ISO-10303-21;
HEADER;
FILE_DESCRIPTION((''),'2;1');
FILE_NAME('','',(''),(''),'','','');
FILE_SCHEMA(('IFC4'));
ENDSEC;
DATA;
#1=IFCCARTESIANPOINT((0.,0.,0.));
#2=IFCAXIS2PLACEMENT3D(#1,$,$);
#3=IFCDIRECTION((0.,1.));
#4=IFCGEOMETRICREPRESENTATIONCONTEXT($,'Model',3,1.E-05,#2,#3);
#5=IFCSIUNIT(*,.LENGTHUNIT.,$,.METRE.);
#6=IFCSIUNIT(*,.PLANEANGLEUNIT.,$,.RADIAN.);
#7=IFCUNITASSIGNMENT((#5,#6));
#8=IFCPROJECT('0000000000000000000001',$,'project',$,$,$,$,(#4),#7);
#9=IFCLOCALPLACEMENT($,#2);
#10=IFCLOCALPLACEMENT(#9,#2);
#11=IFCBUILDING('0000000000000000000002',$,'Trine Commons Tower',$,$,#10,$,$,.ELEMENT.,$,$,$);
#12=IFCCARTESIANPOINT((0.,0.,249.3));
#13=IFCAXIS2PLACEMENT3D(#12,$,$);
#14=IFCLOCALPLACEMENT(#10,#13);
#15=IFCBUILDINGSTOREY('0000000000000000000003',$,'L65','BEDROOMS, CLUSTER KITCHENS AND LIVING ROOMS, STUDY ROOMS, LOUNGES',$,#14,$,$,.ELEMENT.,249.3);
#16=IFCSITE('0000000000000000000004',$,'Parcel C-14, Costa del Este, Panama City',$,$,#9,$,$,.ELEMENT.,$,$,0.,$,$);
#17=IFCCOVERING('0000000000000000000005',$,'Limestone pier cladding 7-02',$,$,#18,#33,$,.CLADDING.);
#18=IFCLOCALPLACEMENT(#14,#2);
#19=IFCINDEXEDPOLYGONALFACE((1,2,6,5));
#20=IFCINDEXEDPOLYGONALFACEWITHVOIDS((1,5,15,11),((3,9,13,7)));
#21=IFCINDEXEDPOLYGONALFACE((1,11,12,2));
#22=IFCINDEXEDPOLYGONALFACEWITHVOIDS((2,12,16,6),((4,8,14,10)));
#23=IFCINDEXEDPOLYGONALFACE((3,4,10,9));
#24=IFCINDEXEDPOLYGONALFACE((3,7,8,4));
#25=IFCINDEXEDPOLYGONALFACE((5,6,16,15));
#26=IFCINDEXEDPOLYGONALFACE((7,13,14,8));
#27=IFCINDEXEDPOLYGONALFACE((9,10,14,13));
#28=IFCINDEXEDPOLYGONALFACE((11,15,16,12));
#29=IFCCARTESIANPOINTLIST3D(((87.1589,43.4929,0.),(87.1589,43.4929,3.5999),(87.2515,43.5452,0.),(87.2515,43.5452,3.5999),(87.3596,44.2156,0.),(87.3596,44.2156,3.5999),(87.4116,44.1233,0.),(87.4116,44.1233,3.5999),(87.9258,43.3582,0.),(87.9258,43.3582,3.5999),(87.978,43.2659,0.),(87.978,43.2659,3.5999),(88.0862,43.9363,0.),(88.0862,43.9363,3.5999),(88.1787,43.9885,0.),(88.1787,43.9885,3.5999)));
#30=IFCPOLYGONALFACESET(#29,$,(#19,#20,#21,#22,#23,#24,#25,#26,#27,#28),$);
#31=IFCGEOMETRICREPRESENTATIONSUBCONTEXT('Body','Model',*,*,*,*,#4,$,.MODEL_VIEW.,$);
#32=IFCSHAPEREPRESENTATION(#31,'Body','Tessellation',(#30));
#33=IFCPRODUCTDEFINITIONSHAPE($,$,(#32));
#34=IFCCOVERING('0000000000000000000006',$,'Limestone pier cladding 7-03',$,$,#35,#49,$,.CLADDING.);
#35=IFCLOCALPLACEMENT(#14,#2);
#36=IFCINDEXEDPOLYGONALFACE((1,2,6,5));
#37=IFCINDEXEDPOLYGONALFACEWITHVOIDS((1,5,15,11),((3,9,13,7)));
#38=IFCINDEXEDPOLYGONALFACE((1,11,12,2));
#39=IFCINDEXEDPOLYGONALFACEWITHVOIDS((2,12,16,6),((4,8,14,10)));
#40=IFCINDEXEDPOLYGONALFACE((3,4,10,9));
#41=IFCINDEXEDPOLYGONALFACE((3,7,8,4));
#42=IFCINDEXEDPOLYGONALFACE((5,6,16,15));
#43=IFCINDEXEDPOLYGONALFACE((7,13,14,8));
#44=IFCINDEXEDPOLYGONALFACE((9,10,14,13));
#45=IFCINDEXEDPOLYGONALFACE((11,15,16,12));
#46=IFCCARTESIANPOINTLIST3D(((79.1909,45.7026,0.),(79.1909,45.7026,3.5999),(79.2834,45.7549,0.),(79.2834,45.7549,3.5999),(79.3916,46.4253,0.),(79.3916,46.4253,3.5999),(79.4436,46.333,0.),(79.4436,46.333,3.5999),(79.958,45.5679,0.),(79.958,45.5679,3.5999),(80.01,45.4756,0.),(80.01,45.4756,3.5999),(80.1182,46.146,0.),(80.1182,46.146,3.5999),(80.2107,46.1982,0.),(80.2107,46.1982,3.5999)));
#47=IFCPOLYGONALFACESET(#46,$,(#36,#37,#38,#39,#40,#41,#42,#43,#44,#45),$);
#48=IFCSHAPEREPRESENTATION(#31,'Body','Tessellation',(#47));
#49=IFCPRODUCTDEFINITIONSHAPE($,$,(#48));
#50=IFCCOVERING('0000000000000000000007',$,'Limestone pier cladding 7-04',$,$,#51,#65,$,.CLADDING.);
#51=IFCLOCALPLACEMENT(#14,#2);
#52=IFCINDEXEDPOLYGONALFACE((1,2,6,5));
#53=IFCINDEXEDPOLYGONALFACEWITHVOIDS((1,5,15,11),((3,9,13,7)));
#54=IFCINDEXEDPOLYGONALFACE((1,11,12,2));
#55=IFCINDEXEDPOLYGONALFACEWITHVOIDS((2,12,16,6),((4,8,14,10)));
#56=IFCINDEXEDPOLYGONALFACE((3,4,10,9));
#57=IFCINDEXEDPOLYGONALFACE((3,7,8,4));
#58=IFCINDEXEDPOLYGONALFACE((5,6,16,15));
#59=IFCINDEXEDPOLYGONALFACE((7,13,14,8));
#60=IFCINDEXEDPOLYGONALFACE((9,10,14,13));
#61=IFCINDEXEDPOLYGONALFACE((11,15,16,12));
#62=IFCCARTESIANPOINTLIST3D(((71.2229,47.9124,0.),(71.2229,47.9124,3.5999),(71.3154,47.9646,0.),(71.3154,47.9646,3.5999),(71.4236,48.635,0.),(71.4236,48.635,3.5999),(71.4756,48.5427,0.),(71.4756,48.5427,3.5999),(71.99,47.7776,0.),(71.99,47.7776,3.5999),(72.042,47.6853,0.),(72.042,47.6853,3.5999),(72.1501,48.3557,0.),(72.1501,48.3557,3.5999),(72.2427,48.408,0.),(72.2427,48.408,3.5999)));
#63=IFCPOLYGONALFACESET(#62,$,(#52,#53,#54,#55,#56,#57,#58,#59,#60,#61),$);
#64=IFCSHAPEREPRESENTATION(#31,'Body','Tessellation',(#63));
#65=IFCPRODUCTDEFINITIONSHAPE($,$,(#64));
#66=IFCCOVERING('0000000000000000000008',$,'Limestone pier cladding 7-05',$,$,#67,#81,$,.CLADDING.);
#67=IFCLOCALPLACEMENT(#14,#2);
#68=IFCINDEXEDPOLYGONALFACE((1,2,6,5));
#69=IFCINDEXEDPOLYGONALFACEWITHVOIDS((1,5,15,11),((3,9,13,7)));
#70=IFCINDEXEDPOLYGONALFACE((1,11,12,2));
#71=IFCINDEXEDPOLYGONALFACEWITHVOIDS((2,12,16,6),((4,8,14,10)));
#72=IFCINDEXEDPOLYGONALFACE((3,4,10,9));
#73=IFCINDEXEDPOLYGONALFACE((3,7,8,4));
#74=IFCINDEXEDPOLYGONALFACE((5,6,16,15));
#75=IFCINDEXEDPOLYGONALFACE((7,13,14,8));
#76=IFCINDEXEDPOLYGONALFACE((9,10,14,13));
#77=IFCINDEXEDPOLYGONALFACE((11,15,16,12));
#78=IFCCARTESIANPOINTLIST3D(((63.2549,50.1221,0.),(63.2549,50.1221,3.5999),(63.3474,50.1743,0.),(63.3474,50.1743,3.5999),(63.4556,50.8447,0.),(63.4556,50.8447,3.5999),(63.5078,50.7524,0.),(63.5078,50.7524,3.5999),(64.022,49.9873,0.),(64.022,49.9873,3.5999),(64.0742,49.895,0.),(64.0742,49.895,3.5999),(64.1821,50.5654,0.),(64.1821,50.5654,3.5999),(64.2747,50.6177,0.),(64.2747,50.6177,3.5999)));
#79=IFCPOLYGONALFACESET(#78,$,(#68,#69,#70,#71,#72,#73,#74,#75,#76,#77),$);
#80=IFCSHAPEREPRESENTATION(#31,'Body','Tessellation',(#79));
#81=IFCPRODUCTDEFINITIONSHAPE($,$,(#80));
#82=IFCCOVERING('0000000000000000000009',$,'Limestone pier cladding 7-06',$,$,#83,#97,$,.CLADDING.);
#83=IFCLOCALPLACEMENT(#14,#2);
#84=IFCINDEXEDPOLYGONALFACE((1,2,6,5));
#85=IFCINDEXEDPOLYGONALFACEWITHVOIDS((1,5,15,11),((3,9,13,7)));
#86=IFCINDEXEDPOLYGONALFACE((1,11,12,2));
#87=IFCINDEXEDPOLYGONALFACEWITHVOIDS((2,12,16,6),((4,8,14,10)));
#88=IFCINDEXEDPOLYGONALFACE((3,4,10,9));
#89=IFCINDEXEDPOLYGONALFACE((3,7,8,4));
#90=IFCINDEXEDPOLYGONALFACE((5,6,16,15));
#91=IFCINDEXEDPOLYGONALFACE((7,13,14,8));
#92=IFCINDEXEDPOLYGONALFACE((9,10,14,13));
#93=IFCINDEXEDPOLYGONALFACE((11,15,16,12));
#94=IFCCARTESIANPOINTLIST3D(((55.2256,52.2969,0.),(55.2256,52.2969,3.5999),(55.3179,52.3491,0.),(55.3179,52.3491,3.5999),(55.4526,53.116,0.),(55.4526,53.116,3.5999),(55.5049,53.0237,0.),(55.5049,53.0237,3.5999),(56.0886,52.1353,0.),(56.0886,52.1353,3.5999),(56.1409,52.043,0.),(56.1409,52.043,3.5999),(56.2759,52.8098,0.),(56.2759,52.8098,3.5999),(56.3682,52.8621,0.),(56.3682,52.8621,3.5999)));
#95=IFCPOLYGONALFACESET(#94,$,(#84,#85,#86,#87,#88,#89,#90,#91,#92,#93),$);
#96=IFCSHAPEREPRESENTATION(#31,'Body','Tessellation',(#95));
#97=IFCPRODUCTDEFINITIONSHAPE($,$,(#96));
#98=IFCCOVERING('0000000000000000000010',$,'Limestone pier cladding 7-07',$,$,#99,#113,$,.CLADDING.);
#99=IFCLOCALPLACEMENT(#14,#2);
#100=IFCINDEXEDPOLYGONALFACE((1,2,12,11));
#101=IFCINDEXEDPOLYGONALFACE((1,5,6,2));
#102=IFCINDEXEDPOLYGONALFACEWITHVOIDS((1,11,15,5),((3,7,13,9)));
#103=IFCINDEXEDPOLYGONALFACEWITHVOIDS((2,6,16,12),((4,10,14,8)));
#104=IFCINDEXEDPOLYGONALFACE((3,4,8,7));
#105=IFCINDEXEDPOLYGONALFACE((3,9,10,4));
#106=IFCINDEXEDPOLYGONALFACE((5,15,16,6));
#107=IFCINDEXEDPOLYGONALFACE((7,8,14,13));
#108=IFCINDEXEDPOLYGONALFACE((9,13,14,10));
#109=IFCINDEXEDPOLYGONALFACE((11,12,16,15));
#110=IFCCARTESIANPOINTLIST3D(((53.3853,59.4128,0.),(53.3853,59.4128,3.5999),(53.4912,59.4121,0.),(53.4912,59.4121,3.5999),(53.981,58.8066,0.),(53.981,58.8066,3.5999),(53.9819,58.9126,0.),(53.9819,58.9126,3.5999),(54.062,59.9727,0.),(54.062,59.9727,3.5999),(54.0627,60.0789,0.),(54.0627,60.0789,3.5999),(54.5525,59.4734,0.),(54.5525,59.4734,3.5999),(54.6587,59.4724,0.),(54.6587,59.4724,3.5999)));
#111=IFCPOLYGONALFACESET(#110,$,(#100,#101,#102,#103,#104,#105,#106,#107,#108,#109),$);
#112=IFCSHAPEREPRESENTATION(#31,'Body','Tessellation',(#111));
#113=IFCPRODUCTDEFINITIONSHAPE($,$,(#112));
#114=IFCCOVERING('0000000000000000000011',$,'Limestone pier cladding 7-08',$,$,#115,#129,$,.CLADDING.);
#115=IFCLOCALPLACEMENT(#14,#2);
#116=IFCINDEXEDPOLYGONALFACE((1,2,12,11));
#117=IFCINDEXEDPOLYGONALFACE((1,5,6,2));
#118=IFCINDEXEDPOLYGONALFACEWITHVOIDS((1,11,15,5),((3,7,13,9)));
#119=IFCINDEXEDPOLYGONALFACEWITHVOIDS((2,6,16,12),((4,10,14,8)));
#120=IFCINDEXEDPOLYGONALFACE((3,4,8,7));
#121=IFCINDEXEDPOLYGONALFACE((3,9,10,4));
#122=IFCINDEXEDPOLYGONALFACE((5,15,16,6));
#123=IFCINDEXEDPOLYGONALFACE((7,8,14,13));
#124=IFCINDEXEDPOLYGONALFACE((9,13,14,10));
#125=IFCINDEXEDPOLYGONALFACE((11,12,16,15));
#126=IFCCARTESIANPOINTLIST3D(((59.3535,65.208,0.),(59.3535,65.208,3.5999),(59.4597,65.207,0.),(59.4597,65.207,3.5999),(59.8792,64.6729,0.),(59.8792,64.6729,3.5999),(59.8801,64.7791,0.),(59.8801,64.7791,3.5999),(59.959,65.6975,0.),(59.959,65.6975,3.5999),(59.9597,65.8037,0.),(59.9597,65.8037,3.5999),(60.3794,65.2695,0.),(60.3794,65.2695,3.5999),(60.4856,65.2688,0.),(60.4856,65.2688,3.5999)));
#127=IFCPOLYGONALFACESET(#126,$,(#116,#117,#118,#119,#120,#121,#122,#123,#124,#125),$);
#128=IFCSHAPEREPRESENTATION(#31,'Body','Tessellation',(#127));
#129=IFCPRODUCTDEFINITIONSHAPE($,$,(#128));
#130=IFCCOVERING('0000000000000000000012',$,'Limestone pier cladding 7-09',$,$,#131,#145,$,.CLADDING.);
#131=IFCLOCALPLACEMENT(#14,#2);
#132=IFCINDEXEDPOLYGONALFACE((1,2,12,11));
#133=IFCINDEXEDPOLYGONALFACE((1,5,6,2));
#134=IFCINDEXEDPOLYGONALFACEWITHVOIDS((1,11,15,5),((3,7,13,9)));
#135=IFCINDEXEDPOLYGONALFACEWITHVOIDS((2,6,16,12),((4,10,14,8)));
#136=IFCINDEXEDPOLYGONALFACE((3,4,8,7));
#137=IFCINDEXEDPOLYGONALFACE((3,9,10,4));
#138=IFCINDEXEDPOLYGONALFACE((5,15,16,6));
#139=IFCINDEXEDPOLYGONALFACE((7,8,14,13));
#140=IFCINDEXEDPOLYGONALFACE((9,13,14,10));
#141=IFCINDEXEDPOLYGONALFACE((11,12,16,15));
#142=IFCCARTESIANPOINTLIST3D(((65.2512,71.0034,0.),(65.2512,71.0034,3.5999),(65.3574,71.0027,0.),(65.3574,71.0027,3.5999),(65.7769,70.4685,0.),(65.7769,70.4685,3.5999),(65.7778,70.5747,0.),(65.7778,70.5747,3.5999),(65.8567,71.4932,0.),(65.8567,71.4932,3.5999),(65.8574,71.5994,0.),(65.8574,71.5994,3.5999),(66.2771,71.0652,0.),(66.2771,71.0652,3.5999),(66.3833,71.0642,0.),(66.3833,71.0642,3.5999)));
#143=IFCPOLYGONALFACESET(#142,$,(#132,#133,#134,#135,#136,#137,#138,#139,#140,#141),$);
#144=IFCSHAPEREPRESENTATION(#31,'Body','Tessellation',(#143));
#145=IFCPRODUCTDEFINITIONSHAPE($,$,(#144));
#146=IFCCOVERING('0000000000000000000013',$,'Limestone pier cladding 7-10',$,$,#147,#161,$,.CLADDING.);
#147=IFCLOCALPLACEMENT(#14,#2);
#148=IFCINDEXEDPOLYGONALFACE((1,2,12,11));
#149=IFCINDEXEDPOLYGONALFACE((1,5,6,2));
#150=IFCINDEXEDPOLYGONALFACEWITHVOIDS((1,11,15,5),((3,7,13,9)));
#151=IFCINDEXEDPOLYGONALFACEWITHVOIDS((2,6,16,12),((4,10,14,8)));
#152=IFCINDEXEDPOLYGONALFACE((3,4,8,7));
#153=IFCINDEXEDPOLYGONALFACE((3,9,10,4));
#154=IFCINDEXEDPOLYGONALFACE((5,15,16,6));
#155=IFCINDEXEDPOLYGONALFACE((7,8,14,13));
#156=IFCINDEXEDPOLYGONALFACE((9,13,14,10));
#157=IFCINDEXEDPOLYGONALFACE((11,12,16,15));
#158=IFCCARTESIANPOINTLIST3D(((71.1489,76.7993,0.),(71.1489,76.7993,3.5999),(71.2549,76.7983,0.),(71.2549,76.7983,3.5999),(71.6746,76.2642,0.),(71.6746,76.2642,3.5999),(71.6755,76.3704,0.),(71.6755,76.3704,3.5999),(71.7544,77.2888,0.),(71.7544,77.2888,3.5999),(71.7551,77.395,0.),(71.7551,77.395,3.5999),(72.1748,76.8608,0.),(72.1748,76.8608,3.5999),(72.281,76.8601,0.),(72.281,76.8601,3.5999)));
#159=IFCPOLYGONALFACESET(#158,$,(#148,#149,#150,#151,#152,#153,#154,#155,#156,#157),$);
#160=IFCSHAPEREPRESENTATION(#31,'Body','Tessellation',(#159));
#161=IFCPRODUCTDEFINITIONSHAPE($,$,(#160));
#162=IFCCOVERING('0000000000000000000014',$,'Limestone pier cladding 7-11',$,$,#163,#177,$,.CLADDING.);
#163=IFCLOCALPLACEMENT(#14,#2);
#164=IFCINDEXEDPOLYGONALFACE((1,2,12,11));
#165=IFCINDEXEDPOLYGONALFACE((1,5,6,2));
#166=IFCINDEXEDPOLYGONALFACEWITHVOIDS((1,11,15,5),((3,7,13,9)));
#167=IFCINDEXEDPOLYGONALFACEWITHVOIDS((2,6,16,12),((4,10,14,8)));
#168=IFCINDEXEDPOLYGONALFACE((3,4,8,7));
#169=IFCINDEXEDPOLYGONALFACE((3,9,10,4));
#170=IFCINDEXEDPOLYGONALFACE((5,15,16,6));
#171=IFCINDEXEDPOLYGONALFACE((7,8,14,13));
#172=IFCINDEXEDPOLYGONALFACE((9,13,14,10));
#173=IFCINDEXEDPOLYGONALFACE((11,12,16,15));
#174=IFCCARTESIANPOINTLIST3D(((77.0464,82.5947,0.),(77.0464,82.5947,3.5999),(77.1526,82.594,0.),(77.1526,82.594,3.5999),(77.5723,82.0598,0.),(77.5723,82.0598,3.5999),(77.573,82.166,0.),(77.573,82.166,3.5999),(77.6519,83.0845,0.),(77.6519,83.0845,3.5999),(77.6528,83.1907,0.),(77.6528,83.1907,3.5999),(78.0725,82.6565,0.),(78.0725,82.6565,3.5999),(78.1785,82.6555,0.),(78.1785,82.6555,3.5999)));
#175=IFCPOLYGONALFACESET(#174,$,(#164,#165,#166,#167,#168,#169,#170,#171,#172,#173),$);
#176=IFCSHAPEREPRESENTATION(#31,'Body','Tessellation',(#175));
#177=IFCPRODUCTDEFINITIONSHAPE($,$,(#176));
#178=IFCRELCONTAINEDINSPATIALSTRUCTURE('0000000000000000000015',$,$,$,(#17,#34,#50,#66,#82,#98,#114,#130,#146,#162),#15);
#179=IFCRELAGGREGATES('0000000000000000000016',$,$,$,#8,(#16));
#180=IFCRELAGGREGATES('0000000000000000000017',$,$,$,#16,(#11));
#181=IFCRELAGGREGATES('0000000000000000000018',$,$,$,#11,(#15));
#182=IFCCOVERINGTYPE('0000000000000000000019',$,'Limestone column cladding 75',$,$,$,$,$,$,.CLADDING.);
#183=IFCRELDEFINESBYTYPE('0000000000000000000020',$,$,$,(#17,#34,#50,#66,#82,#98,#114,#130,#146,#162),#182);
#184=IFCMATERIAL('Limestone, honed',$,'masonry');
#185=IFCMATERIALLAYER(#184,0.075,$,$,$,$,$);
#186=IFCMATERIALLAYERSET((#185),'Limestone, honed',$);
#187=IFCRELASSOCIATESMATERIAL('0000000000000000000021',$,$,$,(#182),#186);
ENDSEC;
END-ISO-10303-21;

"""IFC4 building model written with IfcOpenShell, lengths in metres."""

from ifc_helpers import new_model, si_unit, direction, frame, origin, place, context, subcontext, project, spatial, polyline, outline, extrude, material, layer, layer_set, type_object, element, save


model = new_model("IFC4")

# Units and contexts
model_context = context("Model", 3, precision=1e-05, world=origin(), true_north=direction((0.0, 1.0)))
body_context = subcontext(model_context, "Body", "Model", "MODEL_VIEW")
ifc_project = project(units=[si_unit("LENGTHUNIT", "METRE"), si_unit("PLANEANGLEUNIT", "RADIAN")], contexts=[model_context])

# Site, building, storey
site_placement = place(None, origin())
site = spatial("IfcSite", under=ifc_project, at=site_placement, Name="Parcel C-14, Costa del Este, Panama City", CompositionType="ELEMENT", RefElevation=0.0)
building_placement = place(site_placement, origin())
building = spatial("IfcBuilding", under=site, at=building_placement, Name="Trine Commons Tower", CompositionType="ELEMENT")
storey_placement = place(building_placement, frame((0.0, 0.0, 249.3)))
storey = spatial("IfcBuildingStorey", under=building, at=storey_placement, Name="L65", Description="BEDROOMS, CLUSTER KITCHENS AND LIVING ROOMS, STUDY ROOMS, LOUNGES", CompositionType="ELEMENT", Elevation=249.3)

# Coverings
ifc_material_1 = material(Name="Limestone, honed", Category="masonry")
ifc_layer_1 = layer(ifc_material_1, 0.075)
ifc_layer_set_1 = layer_set([ifc_layer_1], Name="Limestone, honed")
covering_type_1 = type_object("IfcCoveringType", Name="Limestone column cladding 75", PredefinedType="CLADDING", material=ifc_layer_set_1)
covering_1_placement = place(storey_placement, origin())
element("IfcCovering", 1, at=covering_1_placement, inside=storey, type_object=covering_type_1, Name="Limestone pier cladding 7-02", PredefinedType="CLADDING", context=body_context, shape_type="SweptSolid", body=[
    extrude(outline(polyline([(87.3596, 44.2156), (87.1589, 43.4929), (87.978, 43.2659), (88.1787, 43.9885), (87.3596, 44.2156)]), holes=[polyline([(87.4116, 44.1233), (87.2515, 43.5452), (87.9258, 43.3582), (88.0862, 43.9363), (87.4116, 44.1233)])]), origin(), (0.0, 0.0, 1.0), 3.5999),
])
covering_2_placement = place(storey_placement, origin())
element("IfcCovering", 2, at=covering_2_placement, inside=storey, type_object=covering_type_1, Name="Limestone pier cladding 7-03", PredefinedType="CLADDING", context=body_context, shape_type="SweptSolid", body=[
    extrude(outline(polyline([(79.3916, 46.4253), (79.1909, 45.7026), (80.01, 45.4756), (80.2107, 46.1982), (79.3916, 46.4253)]), holes=[polyline([(79.4436, 46.333), (79.2834, 45.7549), (79.958, 45.5679), (80.1182, 46.146), (79.4436, 46.333)])]), origin(), (0.0, 0.0, 1.0), 3.5999),
])
covering_3_placement = place(storey_placement, origin())
element("IfcCovering", 3, at=covering_3_placement, inside=storey, type_object=covering_type_1, Name="Limestone pier cladding 7-04", PredefinedType="CLADDING", context=body_context, shape_type="SweptSolid", body=[
    extrude(outline(polyline([(71.4236, 48.635), (71.2229, 47.9124), (72.042, 47.6853), (72.2427, 48.408), (71.4236, 48.635)]), holes=[polyline([(71.4756, 48.5427), (71.3154, 47.9646), (71.99, 47.7776), (72.1501, 48.3557), (71.4756, 48.5427)])]), origin(), (0.0, 0.0, 1.0), 3.5999),
])
covering_4_placement = place(storey_placement, origin())
element("IfcCovering", 4, at=covering_4_placement, inside=storey, type_object=covering_type_1, Name="Limestone pier cladding 7-05", PredefinedType="CLADDING", context=body_context, shape_type="SweptSolid", body=[
    extrude(outline(polyline([(63.4556, 50.8447), (63.2549, 50.1221), (64.0742, 49.895), (64.2747, 50.6177), (63.4556, 50.8447)]), holes=[polyline([(63.5078, 50.7524), (63.3474, 50.1743), (64.022, 49.9873), (64.1821, 50.5654), (63.5078, 50.7524)])]), origin(), (0.0, 0.0, 1.0), 3.5999),
])
covering_5_placement = place(storey_placement, origin())
element("IfcCovering", 5, at=covering_5_placement, inside=storey, type_object=covering_type_1, Name="Limestone pier cladding 7-06", PredefinedType="CLADDING", context=body_context, shape_type="SweptSolid", body=[
    extrude(outline(polyline([(55.4526, 53.116), (55.2256, 52.2969), (56.1409, 52.043), (56.3682, 52.8621), (55.4526, 53.116)]), holes=[polyline([(55.5049, 53.0237), (55.3179, 52.3491), (56.0886, 52.1353), (56.2759, 52.8098), (55.5049, 53.0237)])]), origin(), (0.0, 0.0, 1.0), 3.5999),
])
covering_6_placement = place(storey_placement, origin())
element("IfcCovering", 6, at=covering_6_placement, inside=storey, type_object=covering_type_1, Name="Limestone pier cladding 7-07", PredefinedType="CLADDING", context=body_context, shape_type="SweptSolid", body=[
    extrude(outline(polyline([(54.6587, 59.4724), (54.0627, 60.0789), (53.3853, 59.4128), (53.981, 58.8066), (54.6587, 59.4724)]), holes=[polyline([(54.5525, 59.4734), (54.062, 59.9727), (53.4912, 59.4121), (53.9819, 58.9126), (54.5525, 59.4734)])]), origin(), (0.0, 0.0, 1.0), 3.5999),
])
covering_7_placement = place(storey_placement, origin())
element("IfcCovering", 7, at=covering_7_placement, inside=storey, type_object=covering_type_1, Name="Limestone pier cladding 7-08", PredefinedType="CLADDING", context=body_context, shape_type="SweptSolid", body=[
    extrude(outline(polyline([(60.4856, 65.2688), (59.9597, 65.8037), (59.3535, 65.208), (59.8792, 64.6729), (60.4856, 65.2688)]), holes=[polyline([(60.3794, 65.2695), (59.959, 65.6975), (59.4597, 65.207), (59.8801, 64.7791), (60.3794, 65.2695)])]), origin(), (0.0, 0.0, 1.0), 3.5999),
])
covering_8_placement = place(storey_placement, origin())
element("IfcCovering", 8, at=covering_8_placement, inside=storey, type_object=covering_type_1, Name="Limestone pier cladding 7-09", PredefinedType="CLADDING", context=body_context, shape_type="SweptSolid", body=[
    extrude(outline(polyline([(66.3833, 71.0642), (65.8574, 71.5994), (65.2512, 71.0034), (65.7769, 70.4685), (66.3833, 71.0642)]), holes=[polyline([(66.2771, 71.0652), (65.8567, 71.4932), (65.3574, 71.0027), (65.7778, 70.5747), (66.2771, 71.0652)])]), origin(), (0.0, 0.0, 1.0), 3.5999),
])
covering_9_placement = place(storey_placement, origin())
element("IfcCovering", 9, at=covering_9_placement, inside=storey, type_object=covering_type_1, Name="Limestone pier cladding 7-10", PredefinedType="CLADDING", context=body_context, shape_type="SweptSolid", body=[
    extrude(outline(polyline([(72.281, 76.8601), (71.7551, 77.395), (71.1489, 76.7993), (71.6746, 76.2642), (72.281, 76.8601)]), holes=[polyline([(72.1748, 76.8608), (71.7544, 77.2888), (71.2549, 76.7983), (71.6755, 76.3704), (72.1748, 76.8608)])]), origin(), (0.0, 0.0, 1.0), 3.5999),
])
covering_10_placement = place(storey_placement, origin())
element("IfcCovering", 10, at=covering_10_placement, inside=storey, type_object=covering_type_1, Name="Limestone pier cladding 7-11", PredefinedType="CLADDING", context=body_context, shape_type="SweptSolid", body=[
    extrude(outline(polyline([(78.1785, 82.6555), (77.6528, 83.1907), (77.0464, 82.5947), (77.5723, 82.0598), (78.1785, 82.6555)]), holes=[polyline([(78.0725, 82.6565), (77.6519, 83.0845), (77.1526, 82.594), (77.573, 82.166), (78.0725, 82.6565)])]), origin(), (0.0, 0.0, 1.0), 3.5999),
])

save(model, "model.ifc")
